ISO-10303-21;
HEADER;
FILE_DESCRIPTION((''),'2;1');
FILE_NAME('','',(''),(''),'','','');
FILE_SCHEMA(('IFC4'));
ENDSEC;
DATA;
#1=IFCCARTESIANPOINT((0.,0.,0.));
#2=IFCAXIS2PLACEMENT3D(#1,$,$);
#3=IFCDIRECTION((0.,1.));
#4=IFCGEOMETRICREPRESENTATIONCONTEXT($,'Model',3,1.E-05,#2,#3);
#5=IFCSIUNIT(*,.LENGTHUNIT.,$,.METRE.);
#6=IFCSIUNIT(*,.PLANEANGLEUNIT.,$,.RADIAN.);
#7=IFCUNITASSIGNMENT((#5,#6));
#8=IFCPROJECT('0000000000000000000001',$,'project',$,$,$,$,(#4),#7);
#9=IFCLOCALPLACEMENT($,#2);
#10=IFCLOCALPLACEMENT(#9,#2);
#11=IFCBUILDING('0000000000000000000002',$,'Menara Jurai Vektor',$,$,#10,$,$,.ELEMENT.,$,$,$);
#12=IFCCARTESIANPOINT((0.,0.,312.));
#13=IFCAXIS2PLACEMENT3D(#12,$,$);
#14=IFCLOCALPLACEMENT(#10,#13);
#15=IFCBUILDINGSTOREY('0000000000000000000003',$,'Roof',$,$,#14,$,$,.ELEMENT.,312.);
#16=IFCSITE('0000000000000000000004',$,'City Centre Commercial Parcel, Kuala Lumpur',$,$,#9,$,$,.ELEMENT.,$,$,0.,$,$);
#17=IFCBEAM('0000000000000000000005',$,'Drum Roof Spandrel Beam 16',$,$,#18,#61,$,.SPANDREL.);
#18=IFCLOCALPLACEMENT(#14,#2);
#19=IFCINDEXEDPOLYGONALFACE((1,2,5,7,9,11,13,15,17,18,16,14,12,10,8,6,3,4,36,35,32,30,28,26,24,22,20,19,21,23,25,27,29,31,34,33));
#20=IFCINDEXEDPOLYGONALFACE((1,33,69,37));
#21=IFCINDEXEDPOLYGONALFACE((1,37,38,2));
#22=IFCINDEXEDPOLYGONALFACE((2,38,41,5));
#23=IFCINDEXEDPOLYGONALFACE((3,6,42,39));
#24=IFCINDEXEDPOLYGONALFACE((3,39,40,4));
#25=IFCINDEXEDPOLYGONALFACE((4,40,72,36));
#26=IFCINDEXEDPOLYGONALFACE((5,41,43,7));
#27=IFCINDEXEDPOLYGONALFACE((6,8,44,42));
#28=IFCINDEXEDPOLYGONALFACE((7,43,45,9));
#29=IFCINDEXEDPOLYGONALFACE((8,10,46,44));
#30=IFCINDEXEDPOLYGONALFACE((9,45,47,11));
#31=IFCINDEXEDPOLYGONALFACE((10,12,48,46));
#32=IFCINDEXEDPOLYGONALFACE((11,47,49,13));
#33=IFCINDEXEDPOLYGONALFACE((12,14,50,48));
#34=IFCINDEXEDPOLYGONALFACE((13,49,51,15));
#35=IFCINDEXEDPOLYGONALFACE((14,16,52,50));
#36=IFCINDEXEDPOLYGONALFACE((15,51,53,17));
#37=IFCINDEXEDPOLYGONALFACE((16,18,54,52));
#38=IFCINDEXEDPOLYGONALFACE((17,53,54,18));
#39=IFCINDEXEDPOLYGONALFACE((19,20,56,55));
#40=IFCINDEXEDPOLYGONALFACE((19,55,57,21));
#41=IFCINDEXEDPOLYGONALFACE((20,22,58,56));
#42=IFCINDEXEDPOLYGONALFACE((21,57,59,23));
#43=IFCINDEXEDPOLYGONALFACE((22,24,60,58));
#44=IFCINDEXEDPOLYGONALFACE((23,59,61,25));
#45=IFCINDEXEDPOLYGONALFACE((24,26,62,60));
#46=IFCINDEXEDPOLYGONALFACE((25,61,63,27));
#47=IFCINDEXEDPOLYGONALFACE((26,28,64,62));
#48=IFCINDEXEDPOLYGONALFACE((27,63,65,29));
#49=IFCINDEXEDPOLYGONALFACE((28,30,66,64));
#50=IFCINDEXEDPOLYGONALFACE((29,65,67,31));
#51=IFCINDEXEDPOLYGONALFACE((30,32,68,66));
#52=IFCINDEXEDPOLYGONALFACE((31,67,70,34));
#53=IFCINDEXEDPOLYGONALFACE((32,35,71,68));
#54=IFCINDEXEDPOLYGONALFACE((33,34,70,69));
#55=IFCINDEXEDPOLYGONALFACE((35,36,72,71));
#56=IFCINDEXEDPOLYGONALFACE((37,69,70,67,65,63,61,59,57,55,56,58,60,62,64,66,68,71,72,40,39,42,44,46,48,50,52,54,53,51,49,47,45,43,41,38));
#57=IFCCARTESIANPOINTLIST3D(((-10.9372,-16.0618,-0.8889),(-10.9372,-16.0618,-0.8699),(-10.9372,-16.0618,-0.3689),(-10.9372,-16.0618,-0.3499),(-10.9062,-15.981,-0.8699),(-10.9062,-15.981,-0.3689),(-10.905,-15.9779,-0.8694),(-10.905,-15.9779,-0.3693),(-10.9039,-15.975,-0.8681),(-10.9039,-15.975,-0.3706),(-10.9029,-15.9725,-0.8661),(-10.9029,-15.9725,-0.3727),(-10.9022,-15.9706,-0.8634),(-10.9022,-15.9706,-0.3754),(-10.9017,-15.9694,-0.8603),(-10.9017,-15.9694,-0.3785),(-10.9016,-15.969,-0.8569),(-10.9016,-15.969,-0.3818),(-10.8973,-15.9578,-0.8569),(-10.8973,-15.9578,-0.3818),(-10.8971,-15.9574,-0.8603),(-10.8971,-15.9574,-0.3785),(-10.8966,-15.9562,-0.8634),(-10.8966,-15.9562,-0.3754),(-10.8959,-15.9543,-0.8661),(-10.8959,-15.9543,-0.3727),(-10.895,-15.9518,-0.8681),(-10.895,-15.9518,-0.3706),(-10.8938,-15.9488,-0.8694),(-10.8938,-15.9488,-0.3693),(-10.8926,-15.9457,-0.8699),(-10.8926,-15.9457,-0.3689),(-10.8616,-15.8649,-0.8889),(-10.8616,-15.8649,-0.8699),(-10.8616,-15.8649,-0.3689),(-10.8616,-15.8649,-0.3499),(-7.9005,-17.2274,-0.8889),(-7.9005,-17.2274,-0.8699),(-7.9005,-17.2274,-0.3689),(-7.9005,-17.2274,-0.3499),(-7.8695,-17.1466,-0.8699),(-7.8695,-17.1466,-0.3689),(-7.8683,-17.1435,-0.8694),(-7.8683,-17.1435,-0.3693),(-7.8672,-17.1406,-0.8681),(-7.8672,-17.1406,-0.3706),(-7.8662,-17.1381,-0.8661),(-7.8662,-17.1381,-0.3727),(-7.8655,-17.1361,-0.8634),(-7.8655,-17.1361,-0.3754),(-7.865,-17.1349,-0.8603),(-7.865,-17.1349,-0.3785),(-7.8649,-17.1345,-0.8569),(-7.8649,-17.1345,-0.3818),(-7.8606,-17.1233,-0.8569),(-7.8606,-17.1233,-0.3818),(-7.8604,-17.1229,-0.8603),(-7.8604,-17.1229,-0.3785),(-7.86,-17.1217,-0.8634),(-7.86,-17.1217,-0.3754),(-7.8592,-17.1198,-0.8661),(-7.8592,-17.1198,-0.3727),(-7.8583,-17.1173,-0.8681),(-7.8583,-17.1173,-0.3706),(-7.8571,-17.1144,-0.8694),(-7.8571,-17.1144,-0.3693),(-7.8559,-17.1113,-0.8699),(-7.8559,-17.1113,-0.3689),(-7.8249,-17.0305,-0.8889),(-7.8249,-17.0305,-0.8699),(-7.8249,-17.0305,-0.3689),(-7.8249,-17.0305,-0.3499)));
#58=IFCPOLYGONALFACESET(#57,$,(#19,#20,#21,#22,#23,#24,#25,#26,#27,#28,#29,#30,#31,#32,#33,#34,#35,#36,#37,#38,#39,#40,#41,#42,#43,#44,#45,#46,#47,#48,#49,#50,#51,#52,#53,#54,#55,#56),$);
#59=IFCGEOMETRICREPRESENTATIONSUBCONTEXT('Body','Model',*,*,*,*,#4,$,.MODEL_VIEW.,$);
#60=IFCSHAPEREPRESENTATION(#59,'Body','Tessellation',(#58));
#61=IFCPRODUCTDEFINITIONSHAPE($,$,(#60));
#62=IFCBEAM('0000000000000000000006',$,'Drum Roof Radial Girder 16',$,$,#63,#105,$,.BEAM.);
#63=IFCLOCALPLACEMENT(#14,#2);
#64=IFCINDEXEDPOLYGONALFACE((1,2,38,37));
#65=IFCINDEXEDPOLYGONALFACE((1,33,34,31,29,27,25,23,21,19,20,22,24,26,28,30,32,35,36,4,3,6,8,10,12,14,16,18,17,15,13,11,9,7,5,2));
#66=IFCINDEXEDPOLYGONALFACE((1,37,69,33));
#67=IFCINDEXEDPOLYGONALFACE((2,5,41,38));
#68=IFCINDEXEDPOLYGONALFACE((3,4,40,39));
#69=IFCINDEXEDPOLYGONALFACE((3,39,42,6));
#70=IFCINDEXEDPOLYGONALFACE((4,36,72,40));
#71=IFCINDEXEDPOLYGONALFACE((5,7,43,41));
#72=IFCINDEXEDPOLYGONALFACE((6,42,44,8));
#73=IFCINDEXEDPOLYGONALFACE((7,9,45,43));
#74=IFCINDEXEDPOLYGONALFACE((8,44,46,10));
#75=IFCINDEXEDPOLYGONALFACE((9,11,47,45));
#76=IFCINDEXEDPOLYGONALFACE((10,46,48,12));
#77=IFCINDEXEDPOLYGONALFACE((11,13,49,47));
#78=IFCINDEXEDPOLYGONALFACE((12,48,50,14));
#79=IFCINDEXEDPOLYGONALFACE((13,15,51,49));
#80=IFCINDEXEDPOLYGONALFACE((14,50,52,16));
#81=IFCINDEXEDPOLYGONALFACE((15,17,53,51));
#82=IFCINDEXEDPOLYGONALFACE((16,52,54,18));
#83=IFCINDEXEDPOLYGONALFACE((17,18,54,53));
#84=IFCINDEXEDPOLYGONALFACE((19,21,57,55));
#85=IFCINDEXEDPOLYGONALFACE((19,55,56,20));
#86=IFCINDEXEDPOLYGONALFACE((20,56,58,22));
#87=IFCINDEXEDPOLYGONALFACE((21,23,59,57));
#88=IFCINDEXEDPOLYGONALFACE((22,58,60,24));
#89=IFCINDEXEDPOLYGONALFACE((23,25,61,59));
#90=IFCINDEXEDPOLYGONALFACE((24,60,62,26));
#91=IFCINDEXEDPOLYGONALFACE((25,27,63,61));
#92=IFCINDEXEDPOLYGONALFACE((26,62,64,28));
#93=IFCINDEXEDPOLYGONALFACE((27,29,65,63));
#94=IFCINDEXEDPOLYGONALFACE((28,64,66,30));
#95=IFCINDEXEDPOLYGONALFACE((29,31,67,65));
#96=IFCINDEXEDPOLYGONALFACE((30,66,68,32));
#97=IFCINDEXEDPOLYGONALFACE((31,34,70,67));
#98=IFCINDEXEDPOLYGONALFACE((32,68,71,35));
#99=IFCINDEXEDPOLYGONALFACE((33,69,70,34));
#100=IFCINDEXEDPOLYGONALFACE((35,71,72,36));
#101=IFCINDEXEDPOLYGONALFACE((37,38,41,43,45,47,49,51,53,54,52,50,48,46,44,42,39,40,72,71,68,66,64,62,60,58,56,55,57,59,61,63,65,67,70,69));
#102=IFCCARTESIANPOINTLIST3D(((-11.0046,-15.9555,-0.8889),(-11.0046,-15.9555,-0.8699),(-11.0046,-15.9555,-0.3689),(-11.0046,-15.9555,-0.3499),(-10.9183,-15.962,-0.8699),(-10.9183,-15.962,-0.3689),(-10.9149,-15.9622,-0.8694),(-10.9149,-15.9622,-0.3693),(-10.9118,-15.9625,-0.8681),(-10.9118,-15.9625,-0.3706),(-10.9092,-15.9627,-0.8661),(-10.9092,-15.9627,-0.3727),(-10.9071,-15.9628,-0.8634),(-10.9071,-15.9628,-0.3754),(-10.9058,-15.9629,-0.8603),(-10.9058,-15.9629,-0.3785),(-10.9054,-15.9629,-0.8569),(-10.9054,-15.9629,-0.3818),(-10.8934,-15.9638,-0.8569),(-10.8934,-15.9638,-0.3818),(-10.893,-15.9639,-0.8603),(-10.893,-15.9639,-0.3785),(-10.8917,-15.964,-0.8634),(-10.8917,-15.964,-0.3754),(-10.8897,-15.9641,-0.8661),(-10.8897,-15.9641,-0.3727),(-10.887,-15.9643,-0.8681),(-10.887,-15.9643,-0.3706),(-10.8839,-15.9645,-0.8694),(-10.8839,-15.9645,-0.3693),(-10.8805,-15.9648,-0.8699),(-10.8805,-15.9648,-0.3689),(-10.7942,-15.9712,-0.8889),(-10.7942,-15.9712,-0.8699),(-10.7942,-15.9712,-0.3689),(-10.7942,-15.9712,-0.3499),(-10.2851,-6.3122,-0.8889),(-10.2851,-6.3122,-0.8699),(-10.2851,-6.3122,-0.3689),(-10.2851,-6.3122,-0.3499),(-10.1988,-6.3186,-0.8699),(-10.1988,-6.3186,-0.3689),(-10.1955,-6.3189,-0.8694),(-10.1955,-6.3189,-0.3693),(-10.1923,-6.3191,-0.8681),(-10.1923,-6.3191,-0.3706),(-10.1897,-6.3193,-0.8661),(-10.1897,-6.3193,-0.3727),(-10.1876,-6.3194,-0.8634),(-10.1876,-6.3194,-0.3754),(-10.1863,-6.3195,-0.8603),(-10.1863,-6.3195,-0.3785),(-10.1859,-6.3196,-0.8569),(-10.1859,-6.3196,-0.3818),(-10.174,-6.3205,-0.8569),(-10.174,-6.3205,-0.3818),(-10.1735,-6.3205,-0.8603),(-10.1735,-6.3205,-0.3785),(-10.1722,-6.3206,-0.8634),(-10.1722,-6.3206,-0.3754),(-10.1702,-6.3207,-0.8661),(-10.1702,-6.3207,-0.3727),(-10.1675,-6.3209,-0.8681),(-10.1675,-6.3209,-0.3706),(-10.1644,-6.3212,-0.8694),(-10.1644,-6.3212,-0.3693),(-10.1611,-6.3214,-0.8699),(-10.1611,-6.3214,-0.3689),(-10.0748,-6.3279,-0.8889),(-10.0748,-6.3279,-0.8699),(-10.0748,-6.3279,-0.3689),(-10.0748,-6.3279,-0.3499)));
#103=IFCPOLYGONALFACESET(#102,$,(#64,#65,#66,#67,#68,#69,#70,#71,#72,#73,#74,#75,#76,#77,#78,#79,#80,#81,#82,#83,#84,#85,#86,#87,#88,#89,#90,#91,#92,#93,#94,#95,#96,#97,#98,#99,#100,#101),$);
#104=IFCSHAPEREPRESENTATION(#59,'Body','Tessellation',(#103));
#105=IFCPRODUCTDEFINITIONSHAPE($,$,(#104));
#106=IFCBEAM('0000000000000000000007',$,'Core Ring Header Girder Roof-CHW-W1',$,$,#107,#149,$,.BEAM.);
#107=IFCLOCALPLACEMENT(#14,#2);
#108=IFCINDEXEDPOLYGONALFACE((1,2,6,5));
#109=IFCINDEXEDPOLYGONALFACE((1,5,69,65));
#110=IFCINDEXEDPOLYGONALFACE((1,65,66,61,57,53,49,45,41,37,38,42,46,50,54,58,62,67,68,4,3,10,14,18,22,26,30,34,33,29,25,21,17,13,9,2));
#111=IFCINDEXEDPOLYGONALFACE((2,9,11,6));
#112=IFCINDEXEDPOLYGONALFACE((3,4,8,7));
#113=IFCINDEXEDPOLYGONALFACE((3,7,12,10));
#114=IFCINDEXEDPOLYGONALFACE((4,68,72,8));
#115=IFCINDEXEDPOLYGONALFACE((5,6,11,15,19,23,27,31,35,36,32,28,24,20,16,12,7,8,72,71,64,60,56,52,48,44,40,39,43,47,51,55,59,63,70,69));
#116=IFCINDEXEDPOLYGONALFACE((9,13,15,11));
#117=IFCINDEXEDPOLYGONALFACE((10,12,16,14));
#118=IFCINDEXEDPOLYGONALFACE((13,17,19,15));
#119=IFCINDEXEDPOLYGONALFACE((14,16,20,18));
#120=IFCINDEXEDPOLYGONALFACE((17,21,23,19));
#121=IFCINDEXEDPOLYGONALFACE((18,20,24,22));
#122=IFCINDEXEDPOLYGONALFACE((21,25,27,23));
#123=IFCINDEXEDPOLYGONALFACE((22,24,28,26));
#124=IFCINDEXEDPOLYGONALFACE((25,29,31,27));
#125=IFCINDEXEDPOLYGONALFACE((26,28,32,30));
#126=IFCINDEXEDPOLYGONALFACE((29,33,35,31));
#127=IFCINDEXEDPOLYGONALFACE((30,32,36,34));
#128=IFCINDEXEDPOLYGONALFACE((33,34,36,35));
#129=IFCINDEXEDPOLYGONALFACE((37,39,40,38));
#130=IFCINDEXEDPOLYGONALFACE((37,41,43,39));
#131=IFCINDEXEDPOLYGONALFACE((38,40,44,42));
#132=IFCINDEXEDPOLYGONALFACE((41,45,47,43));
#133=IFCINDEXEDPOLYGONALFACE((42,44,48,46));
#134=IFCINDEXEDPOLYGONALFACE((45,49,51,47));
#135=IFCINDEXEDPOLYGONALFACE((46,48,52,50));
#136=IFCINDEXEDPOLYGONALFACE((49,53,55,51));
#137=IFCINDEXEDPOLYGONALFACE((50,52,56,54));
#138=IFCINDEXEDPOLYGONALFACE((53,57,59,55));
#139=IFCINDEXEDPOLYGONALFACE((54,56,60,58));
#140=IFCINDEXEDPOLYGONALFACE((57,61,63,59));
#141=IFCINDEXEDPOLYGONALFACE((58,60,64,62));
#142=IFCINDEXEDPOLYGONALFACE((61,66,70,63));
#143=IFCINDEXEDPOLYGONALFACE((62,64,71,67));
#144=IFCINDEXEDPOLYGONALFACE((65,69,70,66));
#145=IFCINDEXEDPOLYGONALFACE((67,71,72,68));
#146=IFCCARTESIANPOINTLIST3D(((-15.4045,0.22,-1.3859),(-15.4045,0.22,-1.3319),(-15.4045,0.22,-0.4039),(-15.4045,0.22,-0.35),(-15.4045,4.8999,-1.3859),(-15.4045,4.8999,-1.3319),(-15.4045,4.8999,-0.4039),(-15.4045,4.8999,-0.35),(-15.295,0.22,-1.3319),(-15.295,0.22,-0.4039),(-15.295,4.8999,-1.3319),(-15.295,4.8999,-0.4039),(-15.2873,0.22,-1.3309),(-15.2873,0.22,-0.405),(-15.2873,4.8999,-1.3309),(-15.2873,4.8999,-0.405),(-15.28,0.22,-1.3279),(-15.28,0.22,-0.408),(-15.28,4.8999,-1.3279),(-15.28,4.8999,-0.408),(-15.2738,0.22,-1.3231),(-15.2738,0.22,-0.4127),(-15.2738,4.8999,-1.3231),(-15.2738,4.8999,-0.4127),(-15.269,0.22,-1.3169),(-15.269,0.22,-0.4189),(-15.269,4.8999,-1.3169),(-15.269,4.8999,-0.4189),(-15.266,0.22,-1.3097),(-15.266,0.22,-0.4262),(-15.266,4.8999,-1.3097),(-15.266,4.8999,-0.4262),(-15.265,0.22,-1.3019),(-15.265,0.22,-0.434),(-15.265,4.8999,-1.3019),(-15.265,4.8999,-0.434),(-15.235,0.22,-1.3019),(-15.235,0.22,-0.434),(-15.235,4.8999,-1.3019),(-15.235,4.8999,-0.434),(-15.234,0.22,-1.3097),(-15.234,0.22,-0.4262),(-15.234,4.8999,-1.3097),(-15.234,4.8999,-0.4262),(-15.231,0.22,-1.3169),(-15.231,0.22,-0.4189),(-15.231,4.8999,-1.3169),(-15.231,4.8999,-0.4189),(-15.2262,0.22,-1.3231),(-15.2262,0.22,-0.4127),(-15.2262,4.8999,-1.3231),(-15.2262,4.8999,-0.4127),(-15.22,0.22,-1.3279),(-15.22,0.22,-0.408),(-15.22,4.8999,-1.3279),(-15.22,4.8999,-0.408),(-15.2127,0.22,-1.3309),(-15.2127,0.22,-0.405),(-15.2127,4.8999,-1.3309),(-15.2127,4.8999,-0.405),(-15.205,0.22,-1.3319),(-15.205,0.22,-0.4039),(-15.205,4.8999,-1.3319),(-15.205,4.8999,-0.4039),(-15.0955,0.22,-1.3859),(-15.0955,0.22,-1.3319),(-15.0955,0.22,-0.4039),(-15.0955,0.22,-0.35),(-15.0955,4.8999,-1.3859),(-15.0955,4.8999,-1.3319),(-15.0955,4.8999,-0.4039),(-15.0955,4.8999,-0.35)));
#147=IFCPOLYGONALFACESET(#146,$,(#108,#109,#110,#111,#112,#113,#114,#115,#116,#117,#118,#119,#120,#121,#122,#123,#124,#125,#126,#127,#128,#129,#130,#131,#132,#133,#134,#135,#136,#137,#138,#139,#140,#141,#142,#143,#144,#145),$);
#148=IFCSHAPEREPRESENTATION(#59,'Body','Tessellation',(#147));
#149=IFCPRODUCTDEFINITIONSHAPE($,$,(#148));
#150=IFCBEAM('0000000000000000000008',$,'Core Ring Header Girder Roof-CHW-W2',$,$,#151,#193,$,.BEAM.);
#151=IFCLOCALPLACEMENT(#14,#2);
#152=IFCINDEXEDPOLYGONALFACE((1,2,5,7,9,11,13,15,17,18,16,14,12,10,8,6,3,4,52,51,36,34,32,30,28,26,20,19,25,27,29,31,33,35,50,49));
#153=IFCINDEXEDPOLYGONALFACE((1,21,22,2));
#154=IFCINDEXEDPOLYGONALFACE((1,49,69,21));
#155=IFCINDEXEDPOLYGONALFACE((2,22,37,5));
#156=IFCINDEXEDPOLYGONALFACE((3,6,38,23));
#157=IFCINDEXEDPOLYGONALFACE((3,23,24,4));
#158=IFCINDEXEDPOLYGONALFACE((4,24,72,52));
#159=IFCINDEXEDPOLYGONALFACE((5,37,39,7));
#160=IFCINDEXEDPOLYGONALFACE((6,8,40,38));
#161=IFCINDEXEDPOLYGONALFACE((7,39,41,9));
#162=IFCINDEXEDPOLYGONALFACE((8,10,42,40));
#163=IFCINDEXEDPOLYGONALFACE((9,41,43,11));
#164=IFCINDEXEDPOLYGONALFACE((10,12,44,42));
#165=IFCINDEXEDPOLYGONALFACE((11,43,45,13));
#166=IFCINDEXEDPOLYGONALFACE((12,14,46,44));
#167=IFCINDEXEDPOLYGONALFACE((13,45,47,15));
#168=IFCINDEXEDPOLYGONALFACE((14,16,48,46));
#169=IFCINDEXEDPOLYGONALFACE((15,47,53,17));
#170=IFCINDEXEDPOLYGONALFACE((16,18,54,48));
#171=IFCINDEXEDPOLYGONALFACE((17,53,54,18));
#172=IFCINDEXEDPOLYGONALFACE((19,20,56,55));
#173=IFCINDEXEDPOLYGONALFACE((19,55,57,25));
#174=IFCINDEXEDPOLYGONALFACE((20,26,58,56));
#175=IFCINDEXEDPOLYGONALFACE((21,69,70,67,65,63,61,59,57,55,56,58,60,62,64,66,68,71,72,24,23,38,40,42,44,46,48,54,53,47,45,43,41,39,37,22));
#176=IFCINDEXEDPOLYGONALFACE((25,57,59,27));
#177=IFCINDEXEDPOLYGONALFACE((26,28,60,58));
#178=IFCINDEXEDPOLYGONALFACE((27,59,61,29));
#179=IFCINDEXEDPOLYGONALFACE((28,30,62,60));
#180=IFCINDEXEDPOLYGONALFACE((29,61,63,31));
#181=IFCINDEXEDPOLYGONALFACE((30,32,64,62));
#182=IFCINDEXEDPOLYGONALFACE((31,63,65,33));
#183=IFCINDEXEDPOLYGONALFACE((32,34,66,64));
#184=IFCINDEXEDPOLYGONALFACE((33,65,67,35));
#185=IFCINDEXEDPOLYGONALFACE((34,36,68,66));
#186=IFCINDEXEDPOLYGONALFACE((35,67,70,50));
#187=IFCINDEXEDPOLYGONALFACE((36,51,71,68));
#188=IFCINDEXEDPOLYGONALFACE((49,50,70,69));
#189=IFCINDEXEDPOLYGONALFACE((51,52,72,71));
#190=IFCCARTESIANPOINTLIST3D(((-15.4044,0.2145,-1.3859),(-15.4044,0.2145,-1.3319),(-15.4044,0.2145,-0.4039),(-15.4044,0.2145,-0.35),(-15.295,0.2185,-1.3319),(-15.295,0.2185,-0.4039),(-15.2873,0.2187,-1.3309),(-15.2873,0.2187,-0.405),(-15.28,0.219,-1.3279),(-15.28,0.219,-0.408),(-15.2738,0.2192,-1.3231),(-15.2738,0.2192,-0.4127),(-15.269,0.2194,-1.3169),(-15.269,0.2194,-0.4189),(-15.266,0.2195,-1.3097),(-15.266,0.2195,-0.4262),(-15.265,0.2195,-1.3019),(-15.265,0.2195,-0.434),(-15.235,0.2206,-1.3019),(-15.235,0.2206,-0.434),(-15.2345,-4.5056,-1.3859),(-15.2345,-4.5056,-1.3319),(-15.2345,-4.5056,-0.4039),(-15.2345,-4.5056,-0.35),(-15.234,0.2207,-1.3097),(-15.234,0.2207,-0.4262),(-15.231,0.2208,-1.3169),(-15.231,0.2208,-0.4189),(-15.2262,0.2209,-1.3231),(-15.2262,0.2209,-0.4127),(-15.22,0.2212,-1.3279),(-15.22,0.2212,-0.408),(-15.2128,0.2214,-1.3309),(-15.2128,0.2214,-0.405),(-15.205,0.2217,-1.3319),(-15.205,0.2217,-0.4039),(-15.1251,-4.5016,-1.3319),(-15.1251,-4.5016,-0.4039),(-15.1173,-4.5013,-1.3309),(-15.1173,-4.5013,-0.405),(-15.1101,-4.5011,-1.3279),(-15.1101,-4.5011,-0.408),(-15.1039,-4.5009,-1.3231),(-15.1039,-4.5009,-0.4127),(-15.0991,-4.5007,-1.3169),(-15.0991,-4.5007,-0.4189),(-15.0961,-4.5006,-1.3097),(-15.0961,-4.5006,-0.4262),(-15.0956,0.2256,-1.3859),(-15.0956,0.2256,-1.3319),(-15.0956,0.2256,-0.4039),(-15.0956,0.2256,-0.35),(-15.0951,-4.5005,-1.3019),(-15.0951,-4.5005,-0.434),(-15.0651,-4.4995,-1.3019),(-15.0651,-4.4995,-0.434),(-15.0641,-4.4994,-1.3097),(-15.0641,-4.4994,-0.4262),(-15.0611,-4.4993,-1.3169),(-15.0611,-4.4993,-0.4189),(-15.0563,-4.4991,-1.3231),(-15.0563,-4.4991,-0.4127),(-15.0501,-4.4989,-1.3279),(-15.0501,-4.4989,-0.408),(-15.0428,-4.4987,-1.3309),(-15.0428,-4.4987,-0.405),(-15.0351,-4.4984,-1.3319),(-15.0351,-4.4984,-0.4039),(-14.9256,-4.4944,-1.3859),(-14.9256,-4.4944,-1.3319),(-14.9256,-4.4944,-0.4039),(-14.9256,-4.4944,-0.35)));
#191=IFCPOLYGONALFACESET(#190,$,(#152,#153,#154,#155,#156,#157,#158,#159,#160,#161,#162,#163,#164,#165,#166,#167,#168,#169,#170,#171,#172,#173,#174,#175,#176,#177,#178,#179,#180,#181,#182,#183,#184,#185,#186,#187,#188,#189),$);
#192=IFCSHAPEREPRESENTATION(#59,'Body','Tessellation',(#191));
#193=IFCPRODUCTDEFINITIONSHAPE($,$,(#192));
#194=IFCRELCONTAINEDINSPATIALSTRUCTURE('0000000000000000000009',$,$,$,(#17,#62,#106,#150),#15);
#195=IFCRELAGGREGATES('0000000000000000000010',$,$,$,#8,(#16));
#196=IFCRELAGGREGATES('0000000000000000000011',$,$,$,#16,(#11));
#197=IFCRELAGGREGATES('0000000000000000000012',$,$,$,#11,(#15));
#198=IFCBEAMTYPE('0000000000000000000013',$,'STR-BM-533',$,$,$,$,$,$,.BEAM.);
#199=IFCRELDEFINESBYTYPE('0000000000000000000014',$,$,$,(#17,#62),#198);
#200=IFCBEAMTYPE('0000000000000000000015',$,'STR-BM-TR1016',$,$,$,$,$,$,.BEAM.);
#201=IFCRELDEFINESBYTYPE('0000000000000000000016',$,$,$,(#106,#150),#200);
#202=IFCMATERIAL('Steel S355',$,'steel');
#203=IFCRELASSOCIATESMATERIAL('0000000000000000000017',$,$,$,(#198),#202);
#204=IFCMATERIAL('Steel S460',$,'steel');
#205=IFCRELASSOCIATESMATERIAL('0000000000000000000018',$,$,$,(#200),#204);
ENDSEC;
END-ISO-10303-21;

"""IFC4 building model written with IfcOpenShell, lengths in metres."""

from ifc_helpers import new_model, si_unit, direction, frame, origin, origin_2d, place, context, subcontext, project, spatial, i_section, extrude, material, material_profile, profile_set, type_object, element, save


model = new_model("IFC4")

# Units and contexts
model_context = context("Model", 3, precision=1e-05, world=origin(), true_north=direction((0.0, 1.0)))
body_context = subcontext(model_context, "Body", "Model", "MODEL_VIEW")
ifc_project = project(units=[si_unit("LENGTHUNIT", "METRE"), si_unit("PLANEANGLEUNIT", "RADIAN")], contexts=[model_context])

# Site, building, storey
site_placement = place(None, origin())
site = spatial("IfcSite", under=ifc_project, at=site_placement, Name="City Centre Commercial Parcel, Kuala Lumpur", CompositionType="ELEMENT", RefElevation=0.0)
building_placement = place(site_placement, origin())
building = spatial("IfcBuilding", under=site, at=building_placement, Name="Menara Jurai Vektor", CompositionType="ELEMENT")
storey_placement = place(building_placement, frame((0.0, 0.0, 312.0)))
storey = spatial("IfcBuildingStorey", under=building, at=storey_placement, Name="Roof", CompositionType="ELEMENT", Elevation=312.0)

# Shared definitions
ifc_material_1 = material(Name="Steel S460", Category="steel")

# Beams
ifc_material_2 = material(Name="Steel S355", Category="steel")
ifc_material_profile_1 = material_profile(ifc_material_2, i_section(OverallWidth=0.2109, OverallDepth=0.5391, WebThickness=0.012, FlangeThickness=0.019, FilletRadius=0.0129, at=origin_2d()), Name="UKB 533x210x109")
ifc_profile_set_1 = profile_set([ifc_material_profile_1], Name="Steel S355")
beam_type_1 = type_object("IfcBeamType", Name="STR-BM-533", PredefinedType="BEAM", material=ifc_profile_set_1)
beam_1_placement = place(storey_placement, frame((-10.8994, -15.9634, -0.6194), z_axis=(0.933593, -0.358335, 0.0), x_axis=(0.358335, 0.933593, 0.0)))
element("IfcBeam", 1, at=beam_1_placement, inside=storey, type_object=beam_type_1, Name="Drum Roof Spandrel Beam 16", PredefinedType="SPANDREL", context=body_context, shape_type="SweptSolid", body=[
    extrude(i_section(OverallWidth=0.2109, OverallDepth=0.5391, WebThickness=0.012, FlangeThickness=0.019, FilletRadius=0.0129, at=origin_2d()), origin(), (0.0, 0.0, 1.0), 3.2527),
])
beam_2_placement = place(storey_placement, frame((-10.8994, -15.9634, -0.6194), z_axis=(0.074403, 0.997228, 0.0), x_axis=(-0.997228, 0.074403, 0.0)))
element("IfcBeam", 2, at=beam_2_placement, inside=storey, type_object=beam_type_1, Name="Drum Roof Radial Girder 16", PredefinedType="BEAM", context=body_context, shape_type="SweptSolid", body=[
    extrude(i_section(OverallWidth=0.2109, OverallDepth=0.5391, WebThickness=0.012, FlangeThickness=0.019, FilletRadius=0.0129, at=origin_2d()), origin(), (0.0, 0.0, 1.0), 9.6702),
])
ifc_material_profile_2 = material_profile(ifc_material_1, i_section(OverallWidth=0.3091, OverallDepth=1.0359, WebThickness=0.03, FlangeThickness=0.054, FilletRadius=0.03, at=origin_2d()), Name="UKB 1016x305x487")
ifc_profile_set_2 = profile_set([ifc_material_profile_2], Name="Steel S460")
beam_type_2 = type_object("IfcBeamType", Name="STR-BM-TR1016", PredefinedType="BEAM", material=ifc_profile_set_2)
beam_3_placement = place(storey_placement, frame((-15.25, 0.22, -0.8679), z_axis=(0.0, 1.0, 0.0), x_axis=(-1.0, 0.0, 0.0)))
element("IfcBeam", 3, at=beam_3_placement, inside=storey, type_object=beam_type_2, Name="Core Ring Header Girder Roof-CHW-W1", PredefinedType="BEAM", context=body_context, shape_type="SweptSolid", body=[
    extrude(i_section(OverallWidth=0.3091, OverallDepth=1.0359, WebThickness=0.03, FlangeThickness=0.054, FilletRadius=0.03, at=origin_2d()), origin(), (0.0, 0.0, 1.0), 4.6799),
])
beam_4_placement = place(storey_placement, frame((-15.0801, -4.5, -0.8679), z_axis=(-0.035977, 0.999353, 0.0), x_axis=(-0.999353, -0.035977, 0.0)))
element("IfcBeam", 4, at=beam_4_placement, inside=storey, type_object=beam_type_2, Name="Core Ring Header Girder Roof-CHW-W2", PredefinedType="BEAM", context=body_context, shape_type="SweptSolid", body=[
    extrude(i_section(OverallWidth=0.3091, OverallDepth=1.0359, WebThickness=0.03, FlangeThickness=0.054, FilletRadius=0.03, at=origin_2d()), origin(), (0.0, 0.0, 1.0), 4.7231),
])

save(model, "model.ifc")
